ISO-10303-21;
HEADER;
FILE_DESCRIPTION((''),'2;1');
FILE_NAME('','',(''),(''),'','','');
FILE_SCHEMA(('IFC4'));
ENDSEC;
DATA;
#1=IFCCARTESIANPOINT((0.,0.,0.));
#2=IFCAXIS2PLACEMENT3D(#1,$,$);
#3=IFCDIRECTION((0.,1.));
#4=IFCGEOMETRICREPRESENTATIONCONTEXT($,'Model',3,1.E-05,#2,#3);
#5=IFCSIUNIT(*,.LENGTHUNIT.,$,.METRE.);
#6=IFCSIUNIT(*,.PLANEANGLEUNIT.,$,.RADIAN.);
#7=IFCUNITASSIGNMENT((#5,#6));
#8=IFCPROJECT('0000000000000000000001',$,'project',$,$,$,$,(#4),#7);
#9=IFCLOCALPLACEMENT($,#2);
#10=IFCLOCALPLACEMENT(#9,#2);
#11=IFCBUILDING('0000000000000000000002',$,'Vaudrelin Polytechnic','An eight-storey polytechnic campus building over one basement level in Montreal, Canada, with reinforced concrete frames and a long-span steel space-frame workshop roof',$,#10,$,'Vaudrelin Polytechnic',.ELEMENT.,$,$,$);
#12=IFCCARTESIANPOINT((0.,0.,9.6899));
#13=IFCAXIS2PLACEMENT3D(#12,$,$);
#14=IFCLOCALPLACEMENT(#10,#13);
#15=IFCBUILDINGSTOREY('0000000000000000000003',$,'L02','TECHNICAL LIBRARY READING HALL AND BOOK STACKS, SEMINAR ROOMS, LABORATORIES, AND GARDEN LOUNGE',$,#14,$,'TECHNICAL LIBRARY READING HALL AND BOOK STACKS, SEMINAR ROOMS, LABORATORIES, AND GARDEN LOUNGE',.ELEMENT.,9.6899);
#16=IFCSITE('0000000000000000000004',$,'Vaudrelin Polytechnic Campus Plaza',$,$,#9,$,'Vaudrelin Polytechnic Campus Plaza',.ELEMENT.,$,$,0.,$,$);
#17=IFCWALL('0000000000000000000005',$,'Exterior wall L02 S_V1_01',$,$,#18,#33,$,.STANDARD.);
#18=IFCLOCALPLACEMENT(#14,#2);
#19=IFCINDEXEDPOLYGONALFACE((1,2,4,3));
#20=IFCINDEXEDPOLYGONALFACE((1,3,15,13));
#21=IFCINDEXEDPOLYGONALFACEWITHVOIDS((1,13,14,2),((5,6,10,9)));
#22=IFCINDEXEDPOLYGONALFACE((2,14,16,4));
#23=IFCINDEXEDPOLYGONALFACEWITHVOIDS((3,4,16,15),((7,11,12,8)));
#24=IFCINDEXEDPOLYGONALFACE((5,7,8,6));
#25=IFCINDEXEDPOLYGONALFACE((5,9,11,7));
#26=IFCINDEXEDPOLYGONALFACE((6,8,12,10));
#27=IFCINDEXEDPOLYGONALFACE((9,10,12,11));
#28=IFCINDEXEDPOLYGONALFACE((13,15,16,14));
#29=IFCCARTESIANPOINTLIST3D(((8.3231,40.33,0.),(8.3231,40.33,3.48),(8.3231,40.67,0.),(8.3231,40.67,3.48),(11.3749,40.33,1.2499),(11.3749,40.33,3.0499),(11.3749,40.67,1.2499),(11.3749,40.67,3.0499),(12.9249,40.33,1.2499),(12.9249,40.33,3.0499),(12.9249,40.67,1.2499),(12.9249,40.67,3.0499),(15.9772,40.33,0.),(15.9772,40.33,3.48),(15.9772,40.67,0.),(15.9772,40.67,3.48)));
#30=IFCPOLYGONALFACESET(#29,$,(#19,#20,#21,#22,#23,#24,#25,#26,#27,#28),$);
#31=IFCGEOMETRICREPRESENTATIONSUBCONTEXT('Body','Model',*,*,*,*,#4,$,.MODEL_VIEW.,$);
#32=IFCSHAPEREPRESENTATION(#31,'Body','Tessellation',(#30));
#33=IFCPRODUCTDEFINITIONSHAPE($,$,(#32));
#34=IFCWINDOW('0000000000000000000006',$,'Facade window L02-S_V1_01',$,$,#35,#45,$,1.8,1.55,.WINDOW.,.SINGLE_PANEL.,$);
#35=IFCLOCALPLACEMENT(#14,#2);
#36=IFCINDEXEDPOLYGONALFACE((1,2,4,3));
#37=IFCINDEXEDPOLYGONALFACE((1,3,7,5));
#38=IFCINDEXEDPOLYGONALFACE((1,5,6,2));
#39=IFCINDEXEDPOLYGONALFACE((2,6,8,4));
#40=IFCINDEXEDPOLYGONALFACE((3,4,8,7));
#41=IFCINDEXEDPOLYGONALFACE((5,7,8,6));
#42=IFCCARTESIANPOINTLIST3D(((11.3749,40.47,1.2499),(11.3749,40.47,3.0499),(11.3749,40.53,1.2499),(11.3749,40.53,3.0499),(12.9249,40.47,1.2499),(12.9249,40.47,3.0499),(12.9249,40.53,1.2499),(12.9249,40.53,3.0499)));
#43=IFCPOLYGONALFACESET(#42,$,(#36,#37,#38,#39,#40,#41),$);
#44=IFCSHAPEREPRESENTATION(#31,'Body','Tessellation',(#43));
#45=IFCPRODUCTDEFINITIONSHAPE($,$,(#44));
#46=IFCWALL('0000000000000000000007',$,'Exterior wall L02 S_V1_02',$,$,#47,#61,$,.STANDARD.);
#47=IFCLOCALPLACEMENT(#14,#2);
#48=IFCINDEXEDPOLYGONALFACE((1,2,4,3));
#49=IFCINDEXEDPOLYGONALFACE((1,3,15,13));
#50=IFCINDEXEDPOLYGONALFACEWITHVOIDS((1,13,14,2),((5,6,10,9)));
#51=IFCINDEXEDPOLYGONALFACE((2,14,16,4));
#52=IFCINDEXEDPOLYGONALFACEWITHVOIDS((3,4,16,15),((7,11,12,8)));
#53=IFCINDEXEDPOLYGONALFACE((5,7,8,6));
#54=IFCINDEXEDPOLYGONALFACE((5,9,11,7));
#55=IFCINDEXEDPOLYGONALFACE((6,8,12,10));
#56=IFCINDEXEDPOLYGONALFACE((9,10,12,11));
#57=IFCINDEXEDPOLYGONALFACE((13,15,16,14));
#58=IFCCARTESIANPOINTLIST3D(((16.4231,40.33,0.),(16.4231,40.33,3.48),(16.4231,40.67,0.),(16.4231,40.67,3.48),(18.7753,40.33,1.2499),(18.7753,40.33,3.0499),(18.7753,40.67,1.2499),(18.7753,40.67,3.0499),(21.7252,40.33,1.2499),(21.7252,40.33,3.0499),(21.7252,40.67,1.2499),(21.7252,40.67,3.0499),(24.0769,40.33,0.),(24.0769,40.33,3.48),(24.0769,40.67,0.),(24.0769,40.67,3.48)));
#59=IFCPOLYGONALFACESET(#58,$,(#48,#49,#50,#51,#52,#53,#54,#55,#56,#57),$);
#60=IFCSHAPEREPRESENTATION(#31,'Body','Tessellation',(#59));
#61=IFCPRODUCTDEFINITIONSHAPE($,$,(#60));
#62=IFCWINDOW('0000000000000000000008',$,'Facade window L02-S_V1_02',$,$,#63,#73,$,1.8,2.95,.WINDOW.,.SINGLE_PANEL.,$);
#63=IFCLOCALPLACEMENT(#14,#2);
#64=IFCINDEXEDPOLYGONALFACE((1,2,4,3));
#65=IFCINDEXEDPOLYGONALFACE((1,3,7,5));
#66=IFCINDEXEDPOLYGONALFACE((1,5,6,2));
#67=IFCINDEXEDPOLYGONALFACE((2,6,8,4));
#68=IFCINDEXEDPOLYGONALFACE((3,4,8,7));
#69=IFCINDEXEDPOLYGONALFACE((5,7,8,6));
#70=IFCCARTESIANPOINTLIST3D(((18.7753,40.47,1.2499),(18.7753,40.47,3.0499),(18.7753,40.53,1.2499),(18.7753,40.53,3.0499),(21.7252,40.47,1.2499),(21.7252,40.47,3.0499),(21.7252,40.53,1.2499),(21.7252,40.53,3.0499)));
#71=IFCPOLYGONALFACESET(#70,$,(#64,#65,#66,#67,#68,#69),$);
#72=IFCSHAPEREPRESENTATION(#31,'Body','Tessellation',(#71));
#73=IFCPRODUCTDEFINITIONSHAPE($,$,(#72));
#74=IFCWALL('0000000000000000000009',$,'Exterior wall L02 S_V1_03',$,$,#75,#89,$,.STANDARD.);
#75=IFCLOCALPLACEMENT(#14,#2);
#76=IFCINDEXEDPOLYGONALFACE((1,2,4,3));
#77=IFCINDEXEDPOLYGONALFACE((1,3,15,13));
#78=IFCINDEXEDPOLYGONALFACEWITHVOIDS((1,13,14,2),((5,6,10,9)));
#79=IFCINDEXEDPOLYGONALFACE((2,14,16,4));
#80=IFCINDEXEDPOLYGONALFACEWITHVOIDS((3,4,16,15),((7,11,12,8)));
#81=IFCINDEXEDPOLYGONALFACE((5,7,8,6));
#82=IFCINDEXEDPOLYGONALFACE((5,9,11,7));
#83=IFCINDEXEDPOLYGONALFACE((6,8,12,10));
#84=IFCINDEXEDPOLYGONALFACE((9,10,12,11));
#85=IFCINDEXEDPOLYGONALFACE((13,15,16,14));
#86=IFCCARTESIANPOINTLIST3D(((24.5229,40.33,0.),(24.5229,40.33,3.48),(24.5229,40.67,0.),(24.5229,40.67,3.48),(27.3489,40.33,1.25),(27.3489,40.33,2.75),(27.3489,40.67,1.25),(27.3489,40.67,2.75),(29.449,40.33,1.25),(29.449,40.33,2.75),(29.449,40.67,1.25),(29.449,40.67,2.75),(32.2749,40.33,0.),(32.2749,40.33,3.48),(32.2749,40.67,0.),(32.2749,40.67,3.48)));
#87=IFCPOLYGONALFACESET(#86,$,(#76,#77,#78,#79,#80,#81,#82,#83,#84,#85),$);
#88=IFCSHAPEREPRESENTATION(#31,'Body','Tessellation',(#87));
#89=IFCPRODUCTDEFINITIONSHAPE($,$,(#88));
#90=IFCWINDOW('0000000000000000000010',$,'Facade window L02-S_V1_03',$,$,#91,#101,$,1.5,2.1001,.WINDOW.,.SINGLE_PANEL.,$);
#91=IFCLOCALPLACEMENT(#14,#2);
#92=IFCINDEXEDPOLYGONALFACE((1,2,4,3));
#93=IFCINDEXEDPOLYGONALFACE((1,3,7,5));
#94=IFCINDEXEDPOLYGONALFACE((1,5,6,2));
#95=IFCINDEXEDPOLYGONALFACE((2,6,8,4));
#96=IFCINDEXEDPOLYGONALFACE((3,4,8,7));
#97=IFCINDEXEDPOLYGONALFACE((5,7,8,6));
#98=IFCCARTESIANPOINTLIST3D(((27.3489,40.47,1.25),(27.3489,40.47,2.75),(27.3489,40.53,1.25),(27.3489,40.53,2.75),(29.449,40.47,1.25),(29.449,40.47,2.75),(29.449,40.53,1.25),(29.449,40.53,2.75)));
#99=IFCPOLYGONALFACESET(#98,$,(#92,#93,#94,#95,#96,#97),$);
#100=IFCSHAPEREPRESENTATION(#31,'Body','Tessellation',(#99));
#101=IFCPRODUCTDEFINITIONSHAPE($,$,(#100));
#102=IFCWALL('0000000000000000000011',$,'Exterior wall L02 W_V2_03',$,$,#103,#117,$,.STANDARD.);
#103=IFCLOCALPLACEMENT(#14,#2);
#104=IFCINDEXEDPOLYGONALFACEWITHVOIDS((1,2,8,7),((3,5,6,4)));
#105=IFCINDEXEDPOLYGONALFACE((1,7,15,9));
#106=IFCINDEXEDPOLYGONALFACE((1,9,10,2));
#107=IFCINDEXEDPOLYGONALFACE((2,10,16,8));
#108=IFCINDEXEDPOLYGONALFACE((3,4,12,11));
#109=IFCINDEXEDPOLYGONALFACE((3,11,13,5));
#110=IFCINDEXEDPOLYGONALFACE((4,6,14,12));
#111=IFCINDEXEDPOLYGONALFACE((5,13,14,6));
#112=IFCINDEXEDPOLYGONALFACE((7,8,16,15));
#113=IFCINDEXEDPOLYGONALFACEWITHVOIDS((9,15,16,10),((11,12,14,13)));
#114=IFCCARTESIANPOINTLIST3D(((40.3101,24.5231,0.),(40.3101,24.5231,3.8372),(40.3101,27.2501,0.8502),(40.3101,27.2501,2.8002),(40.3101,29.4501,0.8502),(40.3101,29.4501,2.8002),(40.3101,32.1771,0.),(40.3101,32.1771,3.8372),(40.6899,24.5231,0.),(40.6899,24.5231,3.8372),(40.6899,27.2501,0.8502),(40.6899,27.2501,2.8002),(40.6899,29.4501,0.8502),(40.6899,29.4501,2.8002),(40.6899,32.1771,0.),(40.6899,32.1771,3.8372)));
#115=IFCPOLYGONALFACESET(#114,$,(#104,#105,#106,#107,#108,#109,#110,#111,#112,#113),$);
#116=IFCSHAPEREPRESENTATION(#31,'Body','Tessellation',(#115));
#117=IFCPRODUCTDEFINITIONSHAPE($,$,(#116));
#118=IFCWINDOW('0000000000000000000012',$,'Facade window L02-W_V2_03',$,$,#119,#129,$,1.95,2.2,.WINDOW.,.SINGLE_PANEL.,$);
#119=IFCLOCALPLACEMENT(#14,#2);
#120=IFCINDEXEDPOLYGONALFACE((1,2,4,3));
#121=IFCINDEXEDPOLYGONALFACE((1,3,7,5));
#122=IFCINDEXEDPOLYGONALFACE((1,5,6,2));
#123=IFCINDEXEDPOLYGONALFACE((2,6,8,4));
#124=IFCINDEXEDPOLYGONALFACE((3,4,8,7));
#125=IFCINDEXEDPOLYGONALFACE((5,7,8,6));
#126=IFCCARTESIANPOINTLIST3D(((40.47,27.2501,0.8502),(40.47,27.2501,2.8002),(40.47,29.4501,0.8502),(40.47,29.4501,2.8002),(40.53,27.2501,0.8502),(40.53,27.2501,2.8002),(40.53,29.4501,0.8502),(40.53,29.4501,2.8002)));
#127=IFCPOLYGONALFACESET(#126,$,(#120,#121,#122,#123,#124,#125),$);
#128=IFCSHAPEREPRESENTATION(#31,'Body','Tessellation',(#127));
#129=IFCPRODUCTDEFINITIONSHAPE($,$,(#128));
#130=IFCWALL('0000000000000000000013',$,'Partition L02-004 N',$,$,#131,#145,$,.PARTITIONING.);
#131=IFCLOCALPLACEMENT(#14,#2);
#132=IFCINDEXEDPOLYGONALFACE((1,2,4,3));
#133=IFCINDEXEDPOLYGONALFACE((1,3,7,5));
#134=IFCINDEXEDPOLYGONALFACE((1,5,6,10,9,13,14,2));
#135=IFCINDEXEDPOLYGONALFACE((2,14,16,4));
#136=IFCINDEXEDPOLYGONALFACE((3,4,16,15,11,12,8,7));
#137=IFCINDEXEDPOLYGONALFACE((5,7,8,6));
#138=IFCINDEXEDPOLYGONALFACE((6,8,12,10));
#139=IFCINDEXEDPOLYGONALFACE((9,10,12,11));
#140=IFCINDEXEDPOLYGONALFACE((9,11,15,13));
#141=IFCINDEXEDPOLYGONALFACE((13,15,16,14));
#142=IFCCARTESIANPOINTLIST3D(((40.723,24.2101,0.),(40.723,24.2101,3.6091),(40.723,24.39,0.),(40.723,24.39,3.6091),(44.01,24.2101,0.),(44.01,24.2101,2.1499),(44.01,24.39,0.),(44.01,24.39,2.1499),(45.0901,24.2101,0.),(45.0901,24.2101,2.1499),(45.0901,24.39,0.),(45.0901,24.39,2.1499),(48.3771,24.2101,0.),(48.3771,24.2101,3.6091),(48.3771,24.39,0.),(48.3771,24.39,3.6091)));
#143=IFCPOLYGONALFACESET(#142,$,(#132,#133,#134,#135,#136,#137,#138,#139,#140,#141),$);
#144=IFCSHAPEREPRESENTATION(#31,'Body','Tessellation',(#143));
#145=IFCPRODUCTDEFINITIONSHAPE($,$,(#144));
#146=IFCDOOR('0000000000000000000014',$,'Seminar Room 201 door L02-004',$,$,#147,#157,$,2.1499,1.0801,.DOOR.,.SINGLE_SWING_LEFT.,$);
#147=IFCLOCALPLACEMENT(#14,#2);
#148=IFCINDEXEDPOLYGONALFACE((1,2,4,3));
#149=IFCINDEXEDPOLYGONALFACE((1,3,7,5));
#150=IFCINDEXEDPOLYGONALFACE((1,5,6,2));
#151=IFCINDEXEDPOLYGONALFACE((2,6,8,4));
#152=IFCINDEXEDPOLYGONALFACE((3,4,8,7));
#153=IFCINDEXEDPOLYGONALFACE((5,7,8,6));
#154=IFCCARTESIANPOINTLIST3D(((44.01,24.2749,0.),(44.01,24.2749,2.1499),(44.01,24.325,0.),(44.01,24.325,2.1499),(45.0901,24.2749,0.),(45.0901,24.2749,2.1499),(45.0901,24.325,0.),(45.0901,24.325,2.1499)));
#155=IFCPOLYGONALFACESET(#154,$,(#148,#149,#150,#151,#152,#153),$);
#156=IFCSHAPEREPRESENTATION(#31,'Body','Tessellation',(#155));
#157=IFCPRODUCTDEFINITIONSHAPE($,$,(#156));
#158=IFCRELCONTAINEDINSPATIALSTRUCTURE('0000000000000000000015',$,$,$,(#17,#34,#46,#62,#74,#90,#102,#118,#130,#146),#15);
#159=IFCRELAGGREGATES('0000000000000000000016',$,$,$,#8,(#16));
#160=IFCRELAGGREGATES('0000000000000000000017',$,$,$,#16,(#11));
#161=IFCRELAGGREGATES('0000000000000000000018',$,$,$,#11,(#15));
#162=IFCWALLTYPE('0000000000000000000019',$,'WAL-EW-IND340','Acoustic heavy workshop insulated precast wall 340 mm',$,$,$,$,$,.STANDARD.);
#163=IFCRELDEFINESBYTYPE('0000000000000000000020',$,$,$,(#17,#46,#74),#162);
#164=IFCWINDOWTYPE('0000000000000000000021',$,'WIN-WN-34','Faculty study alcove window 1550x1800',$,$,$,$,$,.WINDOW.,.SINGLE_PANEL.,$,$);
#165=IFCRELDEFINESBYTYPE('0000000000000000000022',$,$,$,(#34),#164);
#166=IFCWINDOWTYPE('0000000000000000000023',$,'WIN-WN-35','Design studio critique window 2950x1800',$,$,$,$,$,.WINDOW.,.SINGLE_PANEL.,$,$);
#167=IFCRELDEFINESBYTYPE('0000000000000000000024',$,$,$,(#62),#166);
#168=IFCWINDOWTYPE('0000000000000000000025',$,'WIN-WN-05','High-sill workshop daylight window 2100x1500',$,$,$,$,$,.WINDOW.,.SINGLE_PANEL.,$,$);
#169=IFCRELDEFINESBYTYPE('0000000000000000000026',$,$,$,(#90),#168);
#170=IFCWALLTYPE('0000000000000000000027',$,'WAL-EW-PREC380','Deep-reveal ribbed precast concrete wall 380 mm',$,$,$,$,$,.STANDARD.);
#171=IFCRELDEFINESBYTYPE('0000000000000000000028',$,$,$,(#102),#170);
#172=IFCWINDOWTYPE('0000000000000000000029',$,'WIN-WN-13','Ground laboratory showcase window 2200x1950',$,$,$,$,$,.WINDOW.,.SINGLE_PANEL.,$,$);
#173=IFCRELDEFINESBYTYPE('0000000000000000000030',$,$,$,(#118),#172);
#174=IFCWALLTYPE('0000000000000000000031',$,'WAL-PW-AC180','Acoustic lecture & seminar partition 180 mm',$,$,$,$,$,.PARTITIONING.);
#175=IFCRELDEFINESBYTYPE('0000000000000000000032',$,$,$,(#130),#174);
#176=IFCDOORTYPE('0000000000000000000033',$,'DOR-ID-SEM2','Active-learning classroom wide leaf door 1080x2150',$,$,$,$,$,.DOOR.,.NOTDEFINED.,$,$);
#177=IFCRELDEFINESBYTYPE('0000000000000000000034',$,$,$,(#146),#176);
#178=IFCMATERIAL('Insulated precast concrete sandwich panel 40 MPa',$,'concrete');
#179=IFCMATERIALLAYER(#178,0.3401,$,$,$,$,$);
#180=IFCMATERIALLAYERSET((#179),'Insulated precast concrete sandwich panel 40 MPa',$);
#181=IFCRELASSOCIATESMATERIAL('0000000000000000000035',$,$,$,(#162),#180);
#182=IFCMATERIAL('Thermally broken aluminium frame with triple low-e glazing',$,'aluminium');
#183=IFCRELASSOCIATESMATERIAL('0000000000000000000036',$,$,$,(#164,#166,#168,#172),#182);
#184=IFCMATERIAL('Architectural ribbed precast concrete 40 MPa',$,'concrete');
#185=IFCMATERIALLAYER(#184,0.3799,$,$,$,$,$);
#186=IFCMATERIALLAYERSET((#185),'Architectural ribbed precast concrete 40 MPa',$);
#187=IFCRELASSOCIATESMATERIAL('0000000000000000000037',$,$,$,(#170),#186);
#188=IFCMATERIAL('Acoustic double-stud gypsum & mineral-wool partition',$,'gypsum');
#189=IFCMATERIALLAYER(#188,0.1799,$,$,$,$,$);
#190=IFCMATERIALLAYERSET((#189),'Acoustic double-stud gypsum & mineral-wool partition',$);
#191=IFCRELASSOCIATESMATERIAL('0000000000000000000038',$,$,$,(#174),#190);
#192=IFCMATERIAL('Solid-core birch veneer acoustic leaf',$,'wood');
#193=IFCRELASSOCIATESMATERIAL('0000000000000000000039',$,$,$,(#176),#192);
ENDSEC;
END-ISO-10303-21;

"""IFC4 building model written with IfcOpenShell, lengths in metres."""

from ifc_helpers import new_model, si_unit, direction, frame, frame_2d, origin, place, context, subcontext, project, spatial, rectangle, extrude, material, layer, layer_set, type_object, element, fill, save


model = new_model("IFC4")

# Units and contexts
model_context = context("Model", 3, precision=1e-05, world=origin(), true_north=direction((0.0, 1.0)))
body_context = subcontext(model_context, "Body", "Model", "MODEL_VIEW")
ifc_project = project(units=[si_unit("LENGTHUNIT", "METRE"), si_unit("PLANEANGLEUNIT", "RADIAN")], contexts=[model_context])

# Site, building, storey
site_placement = place(None, origin())
site = spatial("IfcSite", under=ifc_project, at=site_placement, Name="Vaudrelin Polytechnic Campus Plaza", LongName="Vaudrelin Polytechnic Campus Plaza", CompositionType="ELEMENT", RefElevation=0.0)
building_placement = place(site_placement, origin())
building = spatial("IfcBuilding", under=site, at=building_placement, Name="Vaudrelin Polytechnic", Description="An eight-storey polytechnic campus building over one basement level in Montreal, Canada, with reinforced concrete frames and a long-span steel space-frame workshop roof", LongName="Vaudrelin Polytechnic", CompositionType="ELEMENT")
storey_placement = place(building_placement, frame((0.0, 0.0, 9.6899)))
storey = spatial("IfcBuildingStorey", under=building, at=storey_placement, Name="L02", Description="TECHNICAL LIBRARY READING HALL AND BOOK STACKS, SEMINAR ROOMS, LABORATORIES, AND GARDEN LOUNGE", LongName="TECHNICAL LIBRARY READING HALL AND BOOK STACKS, SEMINAR ROOMS, LABORATORIES, AND GARDEN LOUNGE", CompositionType="ELEMENT", Elevation=9.6899)

# Walls, openings, windows
ifc_material_1 = material(Name="Insulated precast concrete sandwich panel 40 MPa", Category="concrete")
ifc_layer_1 = layer(ifc_material_1, 0.3401)
ifc_layer_set_1 = layer_set([ifc_layer_1], Name="Insulated precast concrete sandwich panel 40 MPa")
wall_type_1 = type_object("IfcWallType", Name="WAL-EW-IND340", Description="Acoustic heavy workshop insulated precast wall 340 mm", PredefinedType="STANDARD", material=ifc_layer_set_1)
wall_1_placement = place(storey_placement, frame((8.323, 40.5, 0.0), z_axis=(0.0, 0.0, 1.0), x_axis=(1.0, 0.0, 0.0)))
wall_1 = element("IfcWall", 1, at=wall_1_placement, inside=storey, type_object=wall_type_1, Name="Exterior wall L02 S_V1_01", PredefinedType="STANDARD", context=body_context, shape_type="SweptSolid", body=[
    extrude(rectangle(XDim=7.6541, YDim=0.3401, at=frame_2d((3.8271, 0.0))), origin(), (0.0, 0.0, 1.0), 3.48),
])
opening_1_placement = place(wall_1_placement, frame((3.052, 0.0, 1.25)))
opening_1 = element("IfcOpeningElement", 2, at=opening_1_placement, cuts=wall_1, PredefinedType="OPENING", context=body_context, shape_type="SweptSolid", body=[
    extrude(rectangle(XDim=1.55, YDim=1.8, at=frame_2d((0.7749, 0.8999))), frame((0.0, 0.1802, 0.0), z_axis=(0.0, -1.0, 0.0), x_axis=(1.0, 0.0, 0.0)), (0.0, 0.0, 1.0), 0.3601),
])
ifc_material_2 = material(Name="Thermally broken aluminium frame with triple low-e glazing", Category="aluminium")
window_type_1 = type_object("IfcWindowType", Name="WIN-WN-34", Description="Faculty study alcove window 1550x1800", PartitioningType="SINGLE_PANEL", PredefinedType="WINDOW", material=ifc_material_2)
window_1_placement = place(opening_1_placement, origin())
window_1 = element("IfcWindow", 3, at=window_1_placement, inside=storey, type_object=window_type_1, Name="Facade window L02-S_V1_01", OverallHeight=1.8, OverallWidth=1.55, PartitioningType="SINGLE_PANEL", PredefinedType="WINDOW", context=body_context, shape_type="SweptSolid", body=[
    extrude(rectangle(XDim=1.55, YDim=1.8, at=frame_2d((0.7749, 0.8999))), frame((0.0, 0.03, 0.0), z_axis=(0.0, -1.0, 0.0), x_axis=(1.0, 0.0, 0.0)), (0.0, 0.0, 1.0), 0.0601),
])
fill(opening_1, window_1)
wall_2_placement = place(storey_placement, frame((16.4231, 40.5, 0.0), z_axis=(0.0, 0.0, 1.0), x_axis=(1.0, 0.0, 0.0)))
wall_2 = element("IfcWall", 4, at=wall_2_placement, inside=storey, type_object=wall_type_1, Name="Exterior wall L02 S_V1_02", PredefinedType="STANDARD", context=body_context, shape_type="SweptSolid", body=[
    extrude(rectangle(XDim=7.6538, YDim=0.3401, at=frame_2d((3.8269, 0.0))), origin(), (0.0, 0.0, 1.0), 3.48),
])
opening_2_placement = place(wall_2_placement, frame((2.3521, 0.0, 1.25)))
opening_2 = element("IfcOpeningElement", 5, at=opening_2_placement, cuts=wall_2, PredefinedType="OPENING", context=body_context, shape_type="SweptSolid", body=[
    extrude(rectangle(XDim=2.95, YDim=1.8, at=frame_2d((1.4751, 0.8999))), frame((0.0, 0.1802, 0.0), z_axis=(0.0, -1.0, 0.0), x_axis=(1.0, 0.0, 0.0)), (0.0, 0.0, 1.0), 0.3601),
])
window_type_2 = type_object("IfcWindowType", Name="WIN-WN-35", Description="Design studio critique window 2950x1800", PartitioningType="SINGLE_PANEL", PredefinedType="WINDOW", material=ifc_material_2)
window_2_placement = place(opening_2_placement, origin())
window_2 = element("IfcWindow", 6, at=window_2_placement, inside=storey, type_object=window_type_2, Name="Facade window L02-S_V1_02", OverallHeight=1.8, OverallWidth=2.95, PartitioningType="SINGLE_PANEL", PredefinedType="WINDOW", context=body_context, shape_type="SweptSolid", body=[
    extrude(rectangle(XDim=2.95, YDim=1.8, at=frame_2d((1.4751, 0.8999))), frame((0.0, 0.03, 0.0), z_axis=(0.0, -1.0, 0.0), x_axis=(1.0, 0.0, 0.0)), (0.0, 0.0, 1.0), 0.0601),
])
fill(opening_2, window_2)
wall_3_placement = place(storey_placement, frame((24.5229, 40.5, 0.0), z_axis=(0.0, 0.0, 1.0), x_axis=(1.0, 0.0, 0.0)))
wall_3 = element("IfcWall", 7, at=wall_3_placement, inside=storey, type_object=wall_type_1, Name="Exterior wall L02 S_V1_03", PredefinedType="STANDARD", context=body_context, shape_type="SweptSolid", body=[
    extrude(rectangle(XDim=7.752, YDim=0.3401, at=frame_2d((3.876, 0.0))), origin(), (0.0, 0.0, 1.0), 3.48),
])
opening_3_placement = place(wall_3_placement, frame((2.8259, 0.0, 1.25)))
opening_3 = element("IfcOpeningElement", 8, at=opening_3_placement, cuts=wall_3, PredefinedType="OPENING", context=body_context, shape_type="SweptSolid", body=[
    extrude(rectangle(XDim=2.1001, YDim=1.5, at=frame_2d((1.05, 0.75))), frame((0.0, 0.1802, 0.0), z_axis=(0.0, -1.0, 0.0), x_axis=(1.0, 0.0, 0.0)), (0.0, 0.0, 1.0), 0.3601),
])
window_type_3 = type_object("IfcWindowType", Name="WIN-WN-05", Description="High-sill workshop daylight window 2100x1500", PartitioningType="SINGLE_PANEL", PredefinedType="WINDOW", material=ifc_material_2)
window_3_placement = place(opening_3_placement, origin())
window_3 = element("IfcWindow", 9, at=window_3_placement, inside=storey, type_object=window_type_3, Name="Facade window L02-S_V1_03", OverallHeight=1.5, OverallWidth=2.1001, PartitioningType="SINGLE_PANEL", PredefinedType="WINDOW", context=body_context, shape_type="SweptSolid", body=[
    extrude(rectangle(XDim=2.1001, YDim=1.5, at=frame_2d((1.05, 0.75))), frame((0.0, 0.03, 0.0), z_axis=(0.0, -1.0, 0.0), x_axis=(1.0, 0.0, 0.0)), (0.0, 0.0, 1.0), 0.0601),
])
fill(opening_3, window_3)
ifc_material_3 = material(Name="Architectural ribbed precast concrete 40 MPa", Category="concrete")
ifc_layer_2 = layer(ifc_material_3, 0.3799)
ifc_layer_set_2 = layer_set([ifc_layer_2], Name="Architectural ribbed precast concrete 40 MPa")
wall_type_2 = type_object("IfcWallType", Name="WAL-EW-PREC380", Description="Deep-reveal ribbed precast concrete wall 380 mm", PredefinedType="STANDARD", material=ifc_layer_set_2)
wall_4_placement = place(storey_placement, frame((40.5, 24.5229, 0.0), z_axis=(0.0, 0.0, 1.0), x_axis=(0.0, 1.0, 0.0)))
wall_4 = element("IfcWall", 10, at=wall_4_placement, inside=storey, type_object=wall_type_2, Name="Exterior wall L02 W_V2_03", PredefinedType="STANDARD", context=body_context, shape_type="SweptSolid", body=[
    extrude(rectangle(XDim=7.6541, YDim=0.3799, at=frame_2d((3.8271, 0.0))), origin(), (0.0, 0.0, 1.0), 3.8372),
])
opening_4_placement = place(wall_4_placement, frame((2.7271, 0.0, 0.8501)))
opening_4 = element("IfcOpeningElement", 11, at=opening_4_placement, cuts=wall_4, PredefinedType="OPENING", context=body_context, shape_type="SweptSolid", body=[
    extrude(rectangle(XDim=2.2, YDim=1.95, at=frame_2d((1.1001, 0.9751))), frame((0.0, 0.2, 0.0), z_axis=(0.0, -1.0, 0.0), x_axis=(1.0, 0.0, 0.0)), (0.0, 0.0, 1.0), 0.3999),
])
window_type_4 = type_object("IfcWindowType", Name="WIN-WN-13", Description="Ground laboratory showcase window 2200x1950", PartitioningType="SINGLE_PANEL", PredefinedType="WINDOW", material=ifc_material_2)
window_4_placement = place(opening_4_placement, origin())
window_4 = element("IfcWindow", 12, at=window_4_placement, inside=storey, type_object=window_type_4, Name="Facade window L02-W_V2_03", OverallHeight=1.95, OverallWidth=2.2, PartitioningType="SINGLE_PANEL", PredefinedType="WINDOW", context=body_context, shape_type="SweptSolid", body=[
    extrude(rectangle(XDim=2.2, YDim=1.95, at=frame_2d((1.1001, 0.9751))), frame((0.0, 0.03, 0.0), z_axis=(0.0, -1.0, 0.0), x_axis=(1.0, 0.0, 0.0)), (0.0, 0.0, 1.0), 0.0601),
])
fill(opening_4, window_4)

# Wall, opening, door
ifc_material_4 = material(Name="Acoustic double-stud gypsum & mineral-wool partition", Category="gypsum")
ifc_layer_3 = layer(ifc_material_4, 0.1799)
ifc_layer_set_3 = layer_set([ifc_layer_3], Name="Acoustic double-stud gypsum & mineral-wool partition")
wall_type_3 = type_object("IfcWallType", Name="WAL-PW-AC180", Description="Acoustic lecture & seminar partition 180 mm", PredefinedType="PARTITIONING", material=ifc_layer_set_3)
wall_5_placement = place(storey_placement, frame((40.7229, 24.3, 0.0), z_axis=(0.0, 0.0, 1.0), x_axis=(1.0, 0.0, 0.0)))
wall_5 = element("IfcWall", 13, at=wall_5_placement, inside=storey, type_object=wall_type_3, Name="Partition L02-004 N", PredefinedType="PARTITIONING", context=body_context, shape_type="SweptSolid", body=[
    extrude(rectangle(XDim=7.6541, YDim=0.1799, at=frame_2d((3.8271, 0.0))), origin(), (0.0, 0.0, 1.0), 3.6091),
])
opening_5_placement = place(wall_5_placement, frame((3.2871, 0.0, 0.0)))
opening_5 = element("IfcOpeningElement", 14, at=opening_5_placement, cuts=wall_5, PredefinedType="OPENING", context=body_context, shape_type="SweptSolid", body=[
    extrude(rectangle(XDim=1.0801, YDim=2.1499, at=frame_2d((0.54, 1.075))), frame((0.0, 0.1001, 0.0), z_axis=(0.0, -1.0, 0.0), x_axis=(1.0, 0.0, 0.0)), (0.0, 0.0, 1.0), 0.2),
])
ifc_material_5 = material(Name="Solid-core birch veneer acoustic leaf", Category="wood")
door_type = type_object("IfcDoorType", Name="DOR-ID-SEM2", Description="Active-learning classroom wide leaf door 1080x2150", OperationType="NOTDEFINED", PredefinedType="DOOR", material=ifc_material_5)
door_placement = place(opening_5_placement, origin())
door = element("IfcDoor", 15, at=door_placement, inside=storey, type_object=door_type, Name="Seminar Room 201 door L02-004", OperationType="SINGLE_SWING_LEFT", OverallHeight=2.1499, OverallWidth=1.0801, PredefinedType="DOOR", context=body_context, shape_type="SweptSolid", body=[
    extrude(rectangle(XDim=1.0801, YDim=2.1499, at=frame_2d((0.54, 1.075))), frame((0.0, 0.0249, 0.0), z_axis=(0.0, -1.0, 0.0), x_axis=(1.0, 0.0, 0.0)), (0.0, 0.0, 1.0), 0.05),
])
fill(opening_5, door)

save(model, "model.ifc")
